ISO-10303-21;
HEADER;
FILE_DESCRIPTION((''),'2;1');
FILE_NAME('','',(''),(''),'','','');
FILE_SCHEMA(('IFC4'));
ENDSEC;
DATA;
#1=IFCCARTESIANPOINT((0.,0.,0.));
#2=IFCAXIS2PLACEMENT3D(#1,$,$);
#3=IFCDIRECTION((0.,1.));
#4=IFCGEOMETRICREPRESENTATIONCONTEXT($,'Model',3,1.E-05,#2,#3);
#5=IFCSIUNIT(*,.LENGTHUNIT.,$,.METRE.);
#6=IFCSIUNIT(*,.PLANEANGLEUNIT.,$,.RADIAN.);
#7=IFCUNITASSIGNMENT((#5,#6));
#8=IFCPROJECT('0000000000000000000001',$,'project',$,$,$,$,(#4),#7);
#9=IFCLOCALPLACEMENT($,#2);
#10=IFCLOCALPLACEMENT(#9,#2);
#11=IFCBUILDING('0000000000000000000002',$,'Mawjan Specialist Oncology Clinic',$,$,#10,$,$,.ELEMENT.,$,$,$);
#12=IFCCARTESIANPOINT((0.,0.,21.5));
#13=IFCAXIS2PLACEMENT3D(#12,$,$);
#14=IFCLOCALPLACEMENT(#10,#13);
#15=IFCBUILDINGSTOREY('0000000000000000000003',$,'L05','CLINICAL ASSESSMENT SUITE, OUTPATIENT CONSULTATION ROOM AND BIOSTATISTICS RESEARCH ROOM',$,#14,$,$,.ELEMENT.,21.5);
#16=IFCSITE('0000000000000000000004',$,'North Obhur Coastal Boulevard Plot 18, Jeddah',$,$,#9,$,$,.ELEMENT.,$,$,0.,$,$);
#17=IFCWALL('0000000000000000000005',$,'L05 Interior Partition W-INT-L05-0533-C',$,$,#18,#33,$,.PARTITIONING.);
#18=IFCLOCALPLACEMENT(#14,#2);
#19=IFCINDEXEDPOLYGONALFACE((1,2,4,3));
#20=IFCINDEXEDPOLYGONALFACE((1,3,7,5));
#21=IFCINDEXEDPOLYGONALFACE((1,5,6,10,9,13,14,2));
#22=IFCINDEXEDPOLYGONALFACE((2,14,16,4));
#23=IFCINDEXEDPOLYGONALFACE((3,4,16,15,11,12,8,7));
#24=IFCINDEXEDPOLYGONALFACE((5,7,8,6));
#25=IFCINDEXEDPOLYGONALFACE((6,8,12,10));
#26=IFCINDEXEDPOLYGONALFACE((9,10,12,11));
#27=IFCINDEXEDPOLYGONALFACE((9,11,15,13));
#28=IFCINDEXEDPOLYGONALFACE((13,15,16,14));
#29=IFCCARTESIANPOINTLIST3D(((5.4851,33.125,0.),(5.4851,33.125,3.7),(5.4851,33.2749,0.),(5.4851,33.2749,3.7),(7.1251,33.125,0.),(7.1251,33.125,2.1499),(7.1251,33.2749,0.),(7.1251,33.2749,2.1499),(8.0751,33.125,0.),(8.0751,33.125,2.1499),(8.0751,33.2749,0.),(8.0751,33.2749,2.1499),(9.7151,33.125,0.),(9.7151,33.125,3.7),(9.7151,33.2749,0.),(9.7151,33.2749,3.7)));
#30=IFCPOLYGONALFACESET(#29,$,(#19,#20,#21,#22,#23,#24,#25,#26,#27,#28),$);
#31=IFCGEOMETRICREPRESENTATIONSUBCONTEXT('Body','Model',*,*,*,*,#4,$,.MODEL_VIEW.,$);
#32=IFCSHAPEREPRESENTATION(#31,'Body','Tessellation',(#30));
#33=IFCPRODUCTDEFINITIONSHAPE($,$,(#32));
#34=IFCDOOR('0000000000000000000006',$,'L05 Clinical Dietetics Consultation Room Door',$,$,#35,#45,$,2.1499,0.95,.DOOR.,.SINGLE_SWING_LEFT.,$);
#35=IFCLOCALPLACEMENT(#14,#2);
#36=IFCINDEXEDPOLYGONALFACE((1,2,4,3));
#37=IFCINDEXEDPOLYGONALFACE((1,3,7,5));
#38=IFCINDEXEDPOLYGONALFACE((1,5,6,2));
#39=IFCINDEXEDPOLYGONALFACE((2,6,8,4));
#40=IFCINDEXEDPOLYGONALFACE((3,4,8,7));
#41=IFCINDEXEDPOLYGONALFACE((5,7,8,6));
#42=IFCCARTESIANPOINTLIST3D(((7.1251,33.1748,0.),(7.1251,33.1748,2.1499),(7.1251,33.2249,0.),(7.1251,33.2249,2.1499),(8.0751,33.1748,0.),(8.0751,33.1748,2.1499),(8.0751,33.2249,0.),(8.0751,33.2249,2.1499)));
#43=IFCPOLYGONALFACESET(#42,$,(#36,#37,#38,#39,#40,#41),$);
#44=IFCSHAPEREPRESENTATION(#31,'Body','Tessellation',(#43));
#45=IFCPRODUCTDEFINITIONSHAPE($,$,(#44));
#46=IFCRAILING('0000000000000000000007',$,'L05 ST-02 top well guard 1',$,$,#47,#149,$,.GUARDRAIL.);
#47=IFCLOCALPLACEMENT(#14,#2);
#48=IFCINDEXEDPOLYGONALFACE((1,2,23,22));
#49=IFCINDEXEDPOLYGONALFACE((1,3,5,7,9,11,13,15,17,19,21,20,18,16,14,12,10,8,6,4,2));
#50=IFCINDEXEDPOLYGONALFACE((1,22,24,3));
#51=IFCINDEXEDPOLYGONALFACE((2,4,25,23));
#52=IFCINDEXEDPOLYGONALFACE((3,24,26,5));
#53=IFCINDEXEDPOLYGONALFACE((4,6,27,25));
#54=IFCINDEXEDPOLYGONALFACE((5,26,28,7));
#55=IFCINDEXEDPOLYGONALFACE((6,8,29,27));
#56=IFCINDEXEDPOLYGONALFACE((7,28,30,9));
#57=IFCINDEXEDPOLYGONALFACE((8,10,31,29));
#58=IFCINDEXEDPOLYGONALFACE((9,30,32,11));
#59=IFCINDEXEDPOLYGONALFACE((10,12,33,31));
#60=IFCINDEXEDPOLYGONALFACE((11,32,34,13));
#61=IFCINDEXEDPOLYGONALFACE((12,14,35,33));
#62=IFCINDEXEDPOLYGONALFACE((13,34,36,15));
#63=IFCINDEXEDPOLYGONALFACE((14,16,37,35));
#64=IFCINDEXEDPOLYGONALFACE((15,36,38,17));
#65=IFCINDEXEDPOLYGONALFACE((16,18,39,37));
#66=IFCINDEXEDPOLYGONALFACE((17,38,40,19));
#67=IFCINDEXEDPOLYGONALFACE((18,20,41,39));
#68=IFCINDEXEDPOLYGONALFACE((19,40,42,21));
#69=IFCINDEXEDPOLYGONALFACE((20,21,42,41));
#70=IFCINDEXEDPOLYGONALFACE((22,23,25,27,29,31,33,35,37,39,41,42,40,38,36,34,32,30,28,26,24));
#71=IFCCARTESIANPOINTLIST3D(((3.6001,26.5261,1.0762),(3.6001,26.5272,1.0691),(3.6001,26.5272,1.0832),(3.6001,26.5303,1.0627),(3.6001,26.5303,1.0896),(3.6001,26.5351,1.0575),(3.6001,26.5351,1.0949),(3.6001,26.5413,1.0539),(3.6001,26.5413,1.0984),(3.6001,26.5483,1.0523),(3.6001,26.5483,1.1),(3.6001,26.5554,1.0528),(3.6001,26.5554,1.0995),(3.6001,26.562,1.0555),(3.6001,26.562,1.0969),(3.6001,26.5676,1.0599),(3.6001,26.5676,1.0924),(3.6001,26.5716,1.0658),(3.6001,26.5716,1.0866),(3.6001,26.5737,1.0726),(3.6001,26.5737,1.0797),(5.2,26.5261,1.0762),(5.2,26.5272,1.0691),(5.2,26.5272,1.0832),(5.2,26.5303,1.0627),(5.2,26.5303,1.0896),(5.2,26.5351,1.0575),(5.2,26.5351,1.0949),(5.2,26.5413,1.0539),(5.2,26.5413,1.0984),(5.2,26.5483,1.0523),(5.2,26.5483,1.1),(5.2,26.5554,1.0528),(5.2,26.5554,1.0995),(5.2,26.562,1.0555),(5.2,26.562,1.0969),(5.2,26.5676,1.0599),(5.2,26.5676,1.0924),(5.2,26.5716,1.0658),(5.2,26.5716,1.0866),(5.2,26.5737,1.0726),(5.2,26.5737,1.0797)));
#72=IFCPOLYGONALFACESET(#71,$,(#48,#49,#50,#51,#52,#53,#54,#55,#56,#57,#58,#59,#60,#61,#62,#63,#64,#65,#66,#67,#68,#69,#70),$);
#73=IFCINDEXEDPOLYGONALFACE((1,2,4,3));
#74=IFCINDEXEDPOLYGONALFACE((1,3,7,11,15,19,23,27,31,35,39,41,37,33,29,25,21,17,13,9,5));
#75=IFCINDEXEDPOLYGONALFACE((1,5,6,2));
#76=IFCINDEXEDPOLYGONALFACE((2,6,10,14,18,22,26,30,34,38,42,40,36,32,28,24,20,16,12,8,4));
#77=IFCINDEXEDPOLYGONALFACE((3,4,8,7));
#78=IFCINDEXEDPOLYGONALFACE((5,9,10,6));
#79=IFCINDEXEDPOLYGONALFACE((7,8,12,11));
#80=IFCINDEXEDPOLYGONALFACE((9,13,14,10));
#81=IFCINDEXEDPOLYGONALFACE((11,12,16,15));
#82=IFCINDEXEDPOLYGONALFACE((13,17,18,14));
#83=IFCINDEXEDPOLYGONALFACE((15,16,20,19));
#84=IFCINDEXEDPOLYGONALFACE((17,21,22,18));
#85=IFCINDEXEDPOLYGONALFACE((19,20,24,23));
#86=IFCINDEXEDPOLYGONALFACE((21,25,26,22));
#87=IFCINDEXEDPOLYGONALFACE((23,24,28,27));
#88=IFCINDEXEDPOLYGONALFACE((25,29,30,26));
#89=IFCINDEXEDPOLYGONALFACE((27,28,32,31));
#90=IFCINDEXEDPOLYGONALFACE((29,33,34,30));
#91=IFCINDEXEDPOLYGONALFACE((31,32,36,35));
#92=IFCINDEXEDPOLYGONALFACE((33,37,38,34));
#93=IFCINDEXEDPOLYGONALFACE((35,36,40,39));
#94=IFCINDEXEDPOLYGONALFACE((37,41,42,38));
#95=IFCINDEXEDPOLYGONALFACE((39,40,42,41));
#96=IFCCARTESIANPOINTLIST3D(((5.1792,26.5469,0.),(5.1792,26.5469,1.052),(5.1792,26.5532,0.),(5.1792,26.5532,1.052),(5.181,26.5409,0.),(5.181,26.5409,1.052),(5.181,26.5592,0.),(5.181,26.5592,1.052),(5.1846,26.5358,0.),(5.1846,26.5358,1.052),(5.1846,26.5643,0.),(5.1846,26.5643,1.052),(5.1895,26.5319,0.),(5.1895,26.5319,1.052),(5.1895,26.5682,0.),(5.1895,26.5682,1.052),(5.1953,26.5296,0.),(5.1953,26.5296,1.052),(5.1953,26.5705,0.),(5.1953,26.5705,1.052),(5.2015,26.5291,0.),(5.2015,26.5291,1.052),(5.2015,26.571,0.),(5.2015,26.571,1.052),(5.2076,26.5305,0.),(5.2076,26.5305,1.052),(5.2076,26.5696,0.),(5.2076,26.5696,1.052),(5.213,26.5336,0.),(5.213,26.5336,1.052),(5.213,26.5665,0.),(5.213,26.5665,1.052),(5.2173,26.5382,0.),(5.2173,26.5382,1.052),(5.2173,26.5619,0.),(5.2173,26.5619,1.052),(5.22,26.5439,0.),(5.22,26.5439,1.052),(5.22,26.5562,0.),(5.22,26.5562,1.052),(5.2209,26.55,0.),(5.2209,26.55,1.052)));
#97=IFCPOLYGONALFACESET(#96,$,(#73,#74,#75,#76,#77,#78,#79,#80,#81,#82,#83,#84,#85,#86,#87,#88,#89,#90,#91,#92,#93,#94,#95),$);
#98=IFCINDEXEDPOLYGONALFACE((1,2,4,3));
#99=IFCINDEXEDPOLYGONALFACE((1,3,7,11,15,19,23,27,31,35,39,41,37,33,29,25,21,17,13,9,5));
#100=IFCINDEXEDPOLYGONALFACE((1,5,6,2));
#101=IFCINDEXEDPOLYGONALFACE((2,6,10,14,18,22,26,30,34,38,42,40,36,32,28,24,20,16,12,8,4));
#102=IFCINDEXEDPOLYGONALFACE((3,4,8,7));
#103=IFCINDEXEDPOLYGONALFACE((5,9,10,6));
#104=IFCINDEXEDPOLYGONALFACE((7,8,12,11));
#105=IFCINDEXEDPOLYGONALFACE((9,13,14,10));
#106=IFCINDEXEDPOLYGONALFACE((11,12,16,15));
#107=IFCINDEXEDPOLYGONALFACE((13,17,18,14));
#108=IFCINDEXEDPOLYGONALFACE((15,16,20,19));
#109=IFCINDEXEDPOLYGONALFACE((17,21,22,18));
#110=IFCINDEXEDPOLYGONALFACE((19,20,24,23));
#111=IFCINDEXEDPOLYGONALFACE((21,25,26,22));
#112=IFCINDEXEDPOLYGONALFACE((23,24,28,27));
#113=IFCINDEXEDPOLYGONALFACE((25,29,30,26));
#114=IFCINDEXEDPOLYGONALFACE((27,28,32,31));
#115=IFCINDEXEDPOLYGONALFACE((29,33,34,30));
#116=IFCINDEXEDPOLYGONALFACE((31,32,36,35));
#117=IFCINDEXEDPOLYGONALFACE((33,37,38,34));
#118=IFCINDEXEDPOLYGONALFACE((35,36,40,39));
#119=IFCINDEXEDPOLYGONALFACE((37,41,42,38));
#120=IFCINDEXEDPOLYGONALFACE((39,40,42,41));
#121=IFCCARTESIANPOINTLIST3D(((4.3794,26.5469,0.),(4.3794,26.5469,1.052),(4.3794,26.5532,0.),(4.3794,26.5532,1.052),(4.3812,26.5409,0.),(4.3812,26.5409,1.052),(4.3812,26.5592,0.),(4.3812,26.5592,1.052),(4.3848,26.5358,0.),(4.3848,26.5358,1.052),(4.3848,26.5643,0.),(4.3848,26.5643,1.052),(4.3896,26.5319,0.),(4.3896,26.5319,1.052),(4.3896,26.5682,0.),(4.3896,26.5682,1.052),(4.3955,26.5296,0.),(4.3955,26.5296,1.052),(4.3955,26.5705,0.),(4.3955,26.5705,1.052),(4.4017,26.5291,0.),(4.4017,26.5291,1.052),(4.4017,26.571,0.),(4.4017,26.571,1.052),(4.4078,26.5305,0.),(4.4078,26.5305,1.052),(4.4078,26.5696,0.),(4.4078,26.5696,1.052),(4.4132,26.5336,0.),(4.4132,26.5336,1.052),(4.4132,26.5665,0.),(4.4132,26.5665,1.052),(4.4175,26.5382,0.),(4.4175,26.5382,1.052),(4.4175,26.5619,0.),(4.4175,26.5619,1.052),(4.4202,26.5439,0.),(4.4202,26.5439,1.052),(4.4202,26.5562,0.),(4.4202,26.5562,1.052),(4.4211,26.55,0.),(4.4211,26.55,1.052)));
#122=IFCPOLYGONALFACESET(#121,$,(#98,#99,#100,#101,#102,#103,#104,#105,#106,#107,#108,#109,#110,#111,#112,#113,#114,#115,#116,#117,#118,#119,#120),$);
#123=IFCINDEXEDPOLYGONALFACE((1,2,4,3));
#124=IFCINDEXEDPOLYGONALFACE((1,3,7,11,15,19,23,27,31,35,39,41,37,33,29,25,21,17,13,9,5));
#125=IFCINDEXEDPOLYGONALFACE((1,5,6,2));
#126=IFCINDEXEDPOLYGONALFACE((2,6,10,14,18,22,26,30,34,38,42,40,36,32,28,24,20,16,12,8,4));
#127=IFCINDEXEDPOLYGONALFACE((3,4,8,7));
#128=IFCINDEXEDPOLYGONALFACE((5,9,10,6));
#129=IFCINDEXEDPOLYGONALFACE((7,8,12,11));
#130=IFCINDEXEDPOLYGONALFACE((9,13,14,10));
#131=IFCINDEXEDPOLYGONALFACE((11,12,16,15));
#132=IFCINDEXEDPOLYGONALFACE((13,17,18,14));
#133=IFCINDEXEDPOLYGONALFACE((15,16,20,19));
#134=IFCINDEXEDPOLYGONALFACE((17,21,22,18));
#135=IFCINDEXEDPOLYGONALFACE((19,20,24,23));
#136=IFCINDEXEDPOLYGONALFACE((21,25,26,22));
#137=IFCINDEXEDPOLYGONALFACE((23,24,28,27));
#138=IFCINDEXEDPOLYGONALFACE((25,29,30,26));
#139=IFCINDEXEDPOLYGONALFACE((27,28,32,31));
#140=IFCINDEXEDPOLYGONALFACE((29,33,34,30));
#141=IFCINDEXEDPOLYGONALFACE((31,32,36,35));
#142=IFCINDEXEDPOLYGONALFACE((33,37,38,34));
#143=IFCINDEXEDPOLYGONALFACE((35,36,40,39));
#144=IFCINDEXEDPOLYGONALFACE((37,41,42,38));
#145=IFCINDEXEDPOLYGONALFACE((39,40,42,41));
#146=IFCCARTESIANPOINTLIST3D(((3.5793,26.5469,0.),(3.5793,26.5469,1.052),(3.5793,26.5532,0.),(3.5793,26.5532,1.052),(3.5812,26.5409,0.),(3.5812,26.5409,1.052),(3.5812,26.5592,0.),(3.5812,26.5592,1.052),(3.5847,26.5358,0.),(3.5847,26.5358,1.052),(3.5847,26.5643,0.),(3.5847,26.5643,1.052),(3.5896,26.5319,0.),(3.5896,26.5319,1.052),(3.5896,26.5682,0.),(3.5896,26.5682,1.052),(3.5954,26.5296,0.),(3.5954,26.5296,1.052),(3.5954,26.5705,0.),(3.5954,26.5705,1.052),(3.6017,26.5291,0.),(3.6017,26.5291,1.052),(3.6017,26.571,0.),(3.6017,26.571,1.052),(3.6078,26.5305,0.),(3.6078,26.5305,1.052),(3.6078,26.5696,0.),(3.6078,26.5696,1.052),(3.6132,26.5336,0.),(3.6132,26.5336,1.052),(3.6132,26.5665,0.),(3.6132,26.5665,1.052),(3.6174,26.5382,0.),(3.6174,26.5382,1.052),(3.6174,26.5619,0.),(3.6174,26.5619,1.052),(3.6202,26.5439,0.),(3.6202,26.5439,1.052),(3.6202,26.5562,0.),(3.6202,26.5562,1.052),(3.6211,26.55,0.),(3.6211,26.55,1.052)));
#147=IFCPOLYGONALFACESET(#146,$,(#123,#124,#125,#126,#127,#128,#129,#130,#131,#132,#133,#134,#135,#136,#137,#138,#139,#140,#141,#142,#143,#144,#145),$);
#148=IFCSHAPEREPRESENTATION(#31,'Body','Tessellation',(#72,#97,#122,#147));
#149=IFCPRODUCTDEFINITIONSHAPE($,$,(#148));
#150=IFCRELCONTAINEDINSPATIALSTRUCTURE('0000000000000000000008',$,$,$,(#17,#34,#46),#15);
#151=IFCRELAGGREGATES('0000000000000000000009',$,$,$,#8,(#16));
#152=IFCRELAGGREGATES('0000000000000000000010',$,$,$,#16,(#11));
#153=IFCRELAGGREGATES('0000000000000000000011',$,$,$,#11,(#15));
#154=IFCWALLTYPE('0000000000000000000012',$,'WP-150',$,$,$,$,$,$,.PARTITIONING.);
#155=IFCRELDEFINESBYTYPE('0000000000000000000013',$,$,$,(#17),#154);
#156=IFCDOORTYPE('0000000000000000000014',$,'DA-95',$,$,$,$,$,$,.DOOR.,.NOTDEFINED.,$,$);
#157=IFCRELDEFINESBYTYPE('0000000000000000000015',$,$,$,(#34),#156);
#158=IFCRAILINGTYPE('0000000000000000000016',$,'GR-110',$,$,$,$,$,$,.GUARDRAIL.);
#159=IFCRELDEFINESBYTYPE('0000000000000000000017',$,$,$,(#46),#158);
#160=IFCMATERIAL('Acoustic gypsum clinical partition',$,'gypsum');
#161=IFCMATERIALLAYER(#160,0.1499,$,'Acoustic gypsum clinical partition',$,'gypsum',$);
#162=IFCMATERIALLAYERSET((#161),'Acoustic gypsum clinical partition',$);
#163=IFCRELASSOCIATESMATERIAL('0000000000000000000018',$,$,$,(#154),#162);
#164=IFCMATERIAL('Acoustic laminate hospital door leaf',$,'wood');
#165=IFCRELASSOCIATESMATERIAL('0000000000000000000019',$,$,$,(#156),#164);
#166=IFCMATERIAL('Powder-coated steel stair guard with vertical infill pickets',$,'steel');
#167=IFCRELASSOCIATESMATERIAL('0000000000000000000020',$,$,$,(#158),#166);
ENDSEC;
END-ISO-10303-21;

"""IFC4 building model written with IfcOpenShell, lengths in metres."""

from ifc_helpers import new_model, si_unit, direction, frame, frame_2d, origin, origin_2d, place, context, subcontext, project, spatial, rectangle, circle, extrude, material, layer, layer_set, type_object, element, fill, save


model = new_model("IFC4")

# Units and contexts
model_context = context("Model", 3, precision=1e-05, world=origin(), true_north=direction((0.0, 1.0)))
body_context = subcontext(model_context, "Body", "Model", "MODEL_VIEW")
ifc_project = project(units=[si_unit("LENGTHUNIT", "METRE"), si_unit("PLANEANGLEUNIT", "RADIAN")], contexts=[model_context])

# Site, building, storey
site_placement = place(None, origin())
site = spatial("IfcSite", under=ifc_project, at=site_placement, Name="North Obhur Coastal Boulevard Plot 18, Jeddah", CompositionType="ELEMENT", RefElevation=0.0)
building_placement = place(site_placement, origin())
building = spatial("IfcBuilding", under=site, at=building_placement, Name="Mawjan Specialist Oncology Clinic", CompositionType="ELEMENT")
storey_placement = place(building_placement, frame((0.0, 0.0, 21.5)))
storey = spatial("IfcBuildingStorey", under=building, at=storey_placement, Name="L05", Description="CLINICAL ASSESSMENT SUITE, OUTPATIENT CONSULTATION ROOM AND BIOSTATISTICS RESEARCH ROOM", CompositionType="ELEMENT", Elevation=21.5)

# Wall, opening, door
ifc_material_1 = material(Name="Acoustic gypsum clinical partition", Category="gypsum")
ifc_layer_1 = layer(ifc_material_1, 0.1499, Name="Acoustic gypsum clinical partition", Category="gypsum")
ifc_layer_set_1 = layer_set([ifc_layer_1], Name="Acoustic gypsum clinical partition")
wall_type_1 = type_object("IfcWallType", Name="WP-150", PredefinedType="PARTITIONING", material=ifc_layer_set_1)
wall_1_placement = place(storey_placement, frame((5.4851, 33.2, 0.0), z_axis=(0.0, 0.0, 1.0), x_axis=(1.0, 0.0, 0.0)))
wall_1 = element("IfcWall", 1, at=wall_1_placement, inside=storey, type_object=wall_type_1, Name="L05 Interior Partition W-INT-L05-0533-C", PredefinedType="PARTITIONING", context=body_context, shape_type="SweptSolid", body=[
    extrude(rectangle(XDim=4.23, YDim=0.1499, at=frame_2d((2.115, 0.0))), origin(), (0.0, 0.0, 1.0), 3.7),
])
opening_1_placement = place(wall_1_placement, frame((1.6399, 0.0, 0.0)))
opening_1 = element("IfcOpeningElement", 2, at=opening_1_placement, cuts=wall_1, PredefinedType="OPENING", context=body_context, shape_type="SweptSolid", body=[
    extrude(rectangle(XDim=0.95, YDim=2.1499, at=frame_2d((0.4751, 1.075))), frame((0.0, 0.0869, 0.0), z_axis=(0.0, -1.0, 0.0), x_axis=(1.0, 0.0, 0.0)), (0.0, 0.0, 1.0), 0.1738),
])
ifc_material_2 = material(Name="Acoustic laminate hospital door leaf", Category="wood")
door_type_1 = type_object("IfcDoorType", Name="DA-95", OperationType="NOTDEFINED", PredefinedType="DOOR", material=ifc_material_2)
door_1_placement = place(opening_1_placement, origin())
door_1 = element("IfcDoor", 3, at=door_1_placement, inside=storey, type_object=door_type_1, Name="L05 Clinical Dietetics Consultation Room Door", OperationType="SINGLE_SWING_LEFT", OverallHeight=2.1499, OverallWidth=0.95, PredefinedType="DOOR", context=body_context, shape_type="SweptSolid", body=[
    extrude(rectangle(XDim=0.95, YDim=2.1499, at=frame_2d((0.4751, 1.075))), frame((0.0, 0.0249, 0.0), z_axis=(0.0, -1.0, 0.0), x_axis=(1.0, 0.0, 0.0)), (0.0, 0.0, 1.0), 0.05),
])
fill(opening_1, door_1)

# Railing
ifc_material_3 = material(Name="Powder-coated steel stair guard with vertical infill pickets", Category="steel")
railing_type = type_object("IfcRailingType", Name="GR-110", PredefinedType="GUARDRAIL", material=ifc_material_3)
railing_placement = place(storey_placement, frame((5.2, 26.55, 0.0)))
element("IfcRailing", 4, at=railing_placement, inside=storey, type_object=railing_type, Name="L05 ST-02 top well guard 1", PredefinedType="GUARDRAIL", context=body_context, shape_type="SweptSolid", body=[
    extrude(circle(Radius=0.0239, at=origin_2d()), frame((0.0, 0.0, 1.0762), z_axis=(-1.0, 0.0, 0.0), x_axis=(0.0, -1.0, 0.0)), (0.0, 0.0, 1.0), 1.5999),
    extrude(circle(Radius=0.021, at=origin_2d()), origin(), (0.0, 0.0, 1.0), 1.052),
    extrude(circle(Radius=0.021, at=origin_2d()), frame((-0.7998, 0.0, 0.0)), (0.0, 0.0, 1.0), 1.052),
    extrude(circle(Radius=0.021, at=origin_2d()), frame((-1.5999, 0.0, 0.0)), (0.0, 0.0, 1.0), 1.052),
])

save(model, "model.ifc")
